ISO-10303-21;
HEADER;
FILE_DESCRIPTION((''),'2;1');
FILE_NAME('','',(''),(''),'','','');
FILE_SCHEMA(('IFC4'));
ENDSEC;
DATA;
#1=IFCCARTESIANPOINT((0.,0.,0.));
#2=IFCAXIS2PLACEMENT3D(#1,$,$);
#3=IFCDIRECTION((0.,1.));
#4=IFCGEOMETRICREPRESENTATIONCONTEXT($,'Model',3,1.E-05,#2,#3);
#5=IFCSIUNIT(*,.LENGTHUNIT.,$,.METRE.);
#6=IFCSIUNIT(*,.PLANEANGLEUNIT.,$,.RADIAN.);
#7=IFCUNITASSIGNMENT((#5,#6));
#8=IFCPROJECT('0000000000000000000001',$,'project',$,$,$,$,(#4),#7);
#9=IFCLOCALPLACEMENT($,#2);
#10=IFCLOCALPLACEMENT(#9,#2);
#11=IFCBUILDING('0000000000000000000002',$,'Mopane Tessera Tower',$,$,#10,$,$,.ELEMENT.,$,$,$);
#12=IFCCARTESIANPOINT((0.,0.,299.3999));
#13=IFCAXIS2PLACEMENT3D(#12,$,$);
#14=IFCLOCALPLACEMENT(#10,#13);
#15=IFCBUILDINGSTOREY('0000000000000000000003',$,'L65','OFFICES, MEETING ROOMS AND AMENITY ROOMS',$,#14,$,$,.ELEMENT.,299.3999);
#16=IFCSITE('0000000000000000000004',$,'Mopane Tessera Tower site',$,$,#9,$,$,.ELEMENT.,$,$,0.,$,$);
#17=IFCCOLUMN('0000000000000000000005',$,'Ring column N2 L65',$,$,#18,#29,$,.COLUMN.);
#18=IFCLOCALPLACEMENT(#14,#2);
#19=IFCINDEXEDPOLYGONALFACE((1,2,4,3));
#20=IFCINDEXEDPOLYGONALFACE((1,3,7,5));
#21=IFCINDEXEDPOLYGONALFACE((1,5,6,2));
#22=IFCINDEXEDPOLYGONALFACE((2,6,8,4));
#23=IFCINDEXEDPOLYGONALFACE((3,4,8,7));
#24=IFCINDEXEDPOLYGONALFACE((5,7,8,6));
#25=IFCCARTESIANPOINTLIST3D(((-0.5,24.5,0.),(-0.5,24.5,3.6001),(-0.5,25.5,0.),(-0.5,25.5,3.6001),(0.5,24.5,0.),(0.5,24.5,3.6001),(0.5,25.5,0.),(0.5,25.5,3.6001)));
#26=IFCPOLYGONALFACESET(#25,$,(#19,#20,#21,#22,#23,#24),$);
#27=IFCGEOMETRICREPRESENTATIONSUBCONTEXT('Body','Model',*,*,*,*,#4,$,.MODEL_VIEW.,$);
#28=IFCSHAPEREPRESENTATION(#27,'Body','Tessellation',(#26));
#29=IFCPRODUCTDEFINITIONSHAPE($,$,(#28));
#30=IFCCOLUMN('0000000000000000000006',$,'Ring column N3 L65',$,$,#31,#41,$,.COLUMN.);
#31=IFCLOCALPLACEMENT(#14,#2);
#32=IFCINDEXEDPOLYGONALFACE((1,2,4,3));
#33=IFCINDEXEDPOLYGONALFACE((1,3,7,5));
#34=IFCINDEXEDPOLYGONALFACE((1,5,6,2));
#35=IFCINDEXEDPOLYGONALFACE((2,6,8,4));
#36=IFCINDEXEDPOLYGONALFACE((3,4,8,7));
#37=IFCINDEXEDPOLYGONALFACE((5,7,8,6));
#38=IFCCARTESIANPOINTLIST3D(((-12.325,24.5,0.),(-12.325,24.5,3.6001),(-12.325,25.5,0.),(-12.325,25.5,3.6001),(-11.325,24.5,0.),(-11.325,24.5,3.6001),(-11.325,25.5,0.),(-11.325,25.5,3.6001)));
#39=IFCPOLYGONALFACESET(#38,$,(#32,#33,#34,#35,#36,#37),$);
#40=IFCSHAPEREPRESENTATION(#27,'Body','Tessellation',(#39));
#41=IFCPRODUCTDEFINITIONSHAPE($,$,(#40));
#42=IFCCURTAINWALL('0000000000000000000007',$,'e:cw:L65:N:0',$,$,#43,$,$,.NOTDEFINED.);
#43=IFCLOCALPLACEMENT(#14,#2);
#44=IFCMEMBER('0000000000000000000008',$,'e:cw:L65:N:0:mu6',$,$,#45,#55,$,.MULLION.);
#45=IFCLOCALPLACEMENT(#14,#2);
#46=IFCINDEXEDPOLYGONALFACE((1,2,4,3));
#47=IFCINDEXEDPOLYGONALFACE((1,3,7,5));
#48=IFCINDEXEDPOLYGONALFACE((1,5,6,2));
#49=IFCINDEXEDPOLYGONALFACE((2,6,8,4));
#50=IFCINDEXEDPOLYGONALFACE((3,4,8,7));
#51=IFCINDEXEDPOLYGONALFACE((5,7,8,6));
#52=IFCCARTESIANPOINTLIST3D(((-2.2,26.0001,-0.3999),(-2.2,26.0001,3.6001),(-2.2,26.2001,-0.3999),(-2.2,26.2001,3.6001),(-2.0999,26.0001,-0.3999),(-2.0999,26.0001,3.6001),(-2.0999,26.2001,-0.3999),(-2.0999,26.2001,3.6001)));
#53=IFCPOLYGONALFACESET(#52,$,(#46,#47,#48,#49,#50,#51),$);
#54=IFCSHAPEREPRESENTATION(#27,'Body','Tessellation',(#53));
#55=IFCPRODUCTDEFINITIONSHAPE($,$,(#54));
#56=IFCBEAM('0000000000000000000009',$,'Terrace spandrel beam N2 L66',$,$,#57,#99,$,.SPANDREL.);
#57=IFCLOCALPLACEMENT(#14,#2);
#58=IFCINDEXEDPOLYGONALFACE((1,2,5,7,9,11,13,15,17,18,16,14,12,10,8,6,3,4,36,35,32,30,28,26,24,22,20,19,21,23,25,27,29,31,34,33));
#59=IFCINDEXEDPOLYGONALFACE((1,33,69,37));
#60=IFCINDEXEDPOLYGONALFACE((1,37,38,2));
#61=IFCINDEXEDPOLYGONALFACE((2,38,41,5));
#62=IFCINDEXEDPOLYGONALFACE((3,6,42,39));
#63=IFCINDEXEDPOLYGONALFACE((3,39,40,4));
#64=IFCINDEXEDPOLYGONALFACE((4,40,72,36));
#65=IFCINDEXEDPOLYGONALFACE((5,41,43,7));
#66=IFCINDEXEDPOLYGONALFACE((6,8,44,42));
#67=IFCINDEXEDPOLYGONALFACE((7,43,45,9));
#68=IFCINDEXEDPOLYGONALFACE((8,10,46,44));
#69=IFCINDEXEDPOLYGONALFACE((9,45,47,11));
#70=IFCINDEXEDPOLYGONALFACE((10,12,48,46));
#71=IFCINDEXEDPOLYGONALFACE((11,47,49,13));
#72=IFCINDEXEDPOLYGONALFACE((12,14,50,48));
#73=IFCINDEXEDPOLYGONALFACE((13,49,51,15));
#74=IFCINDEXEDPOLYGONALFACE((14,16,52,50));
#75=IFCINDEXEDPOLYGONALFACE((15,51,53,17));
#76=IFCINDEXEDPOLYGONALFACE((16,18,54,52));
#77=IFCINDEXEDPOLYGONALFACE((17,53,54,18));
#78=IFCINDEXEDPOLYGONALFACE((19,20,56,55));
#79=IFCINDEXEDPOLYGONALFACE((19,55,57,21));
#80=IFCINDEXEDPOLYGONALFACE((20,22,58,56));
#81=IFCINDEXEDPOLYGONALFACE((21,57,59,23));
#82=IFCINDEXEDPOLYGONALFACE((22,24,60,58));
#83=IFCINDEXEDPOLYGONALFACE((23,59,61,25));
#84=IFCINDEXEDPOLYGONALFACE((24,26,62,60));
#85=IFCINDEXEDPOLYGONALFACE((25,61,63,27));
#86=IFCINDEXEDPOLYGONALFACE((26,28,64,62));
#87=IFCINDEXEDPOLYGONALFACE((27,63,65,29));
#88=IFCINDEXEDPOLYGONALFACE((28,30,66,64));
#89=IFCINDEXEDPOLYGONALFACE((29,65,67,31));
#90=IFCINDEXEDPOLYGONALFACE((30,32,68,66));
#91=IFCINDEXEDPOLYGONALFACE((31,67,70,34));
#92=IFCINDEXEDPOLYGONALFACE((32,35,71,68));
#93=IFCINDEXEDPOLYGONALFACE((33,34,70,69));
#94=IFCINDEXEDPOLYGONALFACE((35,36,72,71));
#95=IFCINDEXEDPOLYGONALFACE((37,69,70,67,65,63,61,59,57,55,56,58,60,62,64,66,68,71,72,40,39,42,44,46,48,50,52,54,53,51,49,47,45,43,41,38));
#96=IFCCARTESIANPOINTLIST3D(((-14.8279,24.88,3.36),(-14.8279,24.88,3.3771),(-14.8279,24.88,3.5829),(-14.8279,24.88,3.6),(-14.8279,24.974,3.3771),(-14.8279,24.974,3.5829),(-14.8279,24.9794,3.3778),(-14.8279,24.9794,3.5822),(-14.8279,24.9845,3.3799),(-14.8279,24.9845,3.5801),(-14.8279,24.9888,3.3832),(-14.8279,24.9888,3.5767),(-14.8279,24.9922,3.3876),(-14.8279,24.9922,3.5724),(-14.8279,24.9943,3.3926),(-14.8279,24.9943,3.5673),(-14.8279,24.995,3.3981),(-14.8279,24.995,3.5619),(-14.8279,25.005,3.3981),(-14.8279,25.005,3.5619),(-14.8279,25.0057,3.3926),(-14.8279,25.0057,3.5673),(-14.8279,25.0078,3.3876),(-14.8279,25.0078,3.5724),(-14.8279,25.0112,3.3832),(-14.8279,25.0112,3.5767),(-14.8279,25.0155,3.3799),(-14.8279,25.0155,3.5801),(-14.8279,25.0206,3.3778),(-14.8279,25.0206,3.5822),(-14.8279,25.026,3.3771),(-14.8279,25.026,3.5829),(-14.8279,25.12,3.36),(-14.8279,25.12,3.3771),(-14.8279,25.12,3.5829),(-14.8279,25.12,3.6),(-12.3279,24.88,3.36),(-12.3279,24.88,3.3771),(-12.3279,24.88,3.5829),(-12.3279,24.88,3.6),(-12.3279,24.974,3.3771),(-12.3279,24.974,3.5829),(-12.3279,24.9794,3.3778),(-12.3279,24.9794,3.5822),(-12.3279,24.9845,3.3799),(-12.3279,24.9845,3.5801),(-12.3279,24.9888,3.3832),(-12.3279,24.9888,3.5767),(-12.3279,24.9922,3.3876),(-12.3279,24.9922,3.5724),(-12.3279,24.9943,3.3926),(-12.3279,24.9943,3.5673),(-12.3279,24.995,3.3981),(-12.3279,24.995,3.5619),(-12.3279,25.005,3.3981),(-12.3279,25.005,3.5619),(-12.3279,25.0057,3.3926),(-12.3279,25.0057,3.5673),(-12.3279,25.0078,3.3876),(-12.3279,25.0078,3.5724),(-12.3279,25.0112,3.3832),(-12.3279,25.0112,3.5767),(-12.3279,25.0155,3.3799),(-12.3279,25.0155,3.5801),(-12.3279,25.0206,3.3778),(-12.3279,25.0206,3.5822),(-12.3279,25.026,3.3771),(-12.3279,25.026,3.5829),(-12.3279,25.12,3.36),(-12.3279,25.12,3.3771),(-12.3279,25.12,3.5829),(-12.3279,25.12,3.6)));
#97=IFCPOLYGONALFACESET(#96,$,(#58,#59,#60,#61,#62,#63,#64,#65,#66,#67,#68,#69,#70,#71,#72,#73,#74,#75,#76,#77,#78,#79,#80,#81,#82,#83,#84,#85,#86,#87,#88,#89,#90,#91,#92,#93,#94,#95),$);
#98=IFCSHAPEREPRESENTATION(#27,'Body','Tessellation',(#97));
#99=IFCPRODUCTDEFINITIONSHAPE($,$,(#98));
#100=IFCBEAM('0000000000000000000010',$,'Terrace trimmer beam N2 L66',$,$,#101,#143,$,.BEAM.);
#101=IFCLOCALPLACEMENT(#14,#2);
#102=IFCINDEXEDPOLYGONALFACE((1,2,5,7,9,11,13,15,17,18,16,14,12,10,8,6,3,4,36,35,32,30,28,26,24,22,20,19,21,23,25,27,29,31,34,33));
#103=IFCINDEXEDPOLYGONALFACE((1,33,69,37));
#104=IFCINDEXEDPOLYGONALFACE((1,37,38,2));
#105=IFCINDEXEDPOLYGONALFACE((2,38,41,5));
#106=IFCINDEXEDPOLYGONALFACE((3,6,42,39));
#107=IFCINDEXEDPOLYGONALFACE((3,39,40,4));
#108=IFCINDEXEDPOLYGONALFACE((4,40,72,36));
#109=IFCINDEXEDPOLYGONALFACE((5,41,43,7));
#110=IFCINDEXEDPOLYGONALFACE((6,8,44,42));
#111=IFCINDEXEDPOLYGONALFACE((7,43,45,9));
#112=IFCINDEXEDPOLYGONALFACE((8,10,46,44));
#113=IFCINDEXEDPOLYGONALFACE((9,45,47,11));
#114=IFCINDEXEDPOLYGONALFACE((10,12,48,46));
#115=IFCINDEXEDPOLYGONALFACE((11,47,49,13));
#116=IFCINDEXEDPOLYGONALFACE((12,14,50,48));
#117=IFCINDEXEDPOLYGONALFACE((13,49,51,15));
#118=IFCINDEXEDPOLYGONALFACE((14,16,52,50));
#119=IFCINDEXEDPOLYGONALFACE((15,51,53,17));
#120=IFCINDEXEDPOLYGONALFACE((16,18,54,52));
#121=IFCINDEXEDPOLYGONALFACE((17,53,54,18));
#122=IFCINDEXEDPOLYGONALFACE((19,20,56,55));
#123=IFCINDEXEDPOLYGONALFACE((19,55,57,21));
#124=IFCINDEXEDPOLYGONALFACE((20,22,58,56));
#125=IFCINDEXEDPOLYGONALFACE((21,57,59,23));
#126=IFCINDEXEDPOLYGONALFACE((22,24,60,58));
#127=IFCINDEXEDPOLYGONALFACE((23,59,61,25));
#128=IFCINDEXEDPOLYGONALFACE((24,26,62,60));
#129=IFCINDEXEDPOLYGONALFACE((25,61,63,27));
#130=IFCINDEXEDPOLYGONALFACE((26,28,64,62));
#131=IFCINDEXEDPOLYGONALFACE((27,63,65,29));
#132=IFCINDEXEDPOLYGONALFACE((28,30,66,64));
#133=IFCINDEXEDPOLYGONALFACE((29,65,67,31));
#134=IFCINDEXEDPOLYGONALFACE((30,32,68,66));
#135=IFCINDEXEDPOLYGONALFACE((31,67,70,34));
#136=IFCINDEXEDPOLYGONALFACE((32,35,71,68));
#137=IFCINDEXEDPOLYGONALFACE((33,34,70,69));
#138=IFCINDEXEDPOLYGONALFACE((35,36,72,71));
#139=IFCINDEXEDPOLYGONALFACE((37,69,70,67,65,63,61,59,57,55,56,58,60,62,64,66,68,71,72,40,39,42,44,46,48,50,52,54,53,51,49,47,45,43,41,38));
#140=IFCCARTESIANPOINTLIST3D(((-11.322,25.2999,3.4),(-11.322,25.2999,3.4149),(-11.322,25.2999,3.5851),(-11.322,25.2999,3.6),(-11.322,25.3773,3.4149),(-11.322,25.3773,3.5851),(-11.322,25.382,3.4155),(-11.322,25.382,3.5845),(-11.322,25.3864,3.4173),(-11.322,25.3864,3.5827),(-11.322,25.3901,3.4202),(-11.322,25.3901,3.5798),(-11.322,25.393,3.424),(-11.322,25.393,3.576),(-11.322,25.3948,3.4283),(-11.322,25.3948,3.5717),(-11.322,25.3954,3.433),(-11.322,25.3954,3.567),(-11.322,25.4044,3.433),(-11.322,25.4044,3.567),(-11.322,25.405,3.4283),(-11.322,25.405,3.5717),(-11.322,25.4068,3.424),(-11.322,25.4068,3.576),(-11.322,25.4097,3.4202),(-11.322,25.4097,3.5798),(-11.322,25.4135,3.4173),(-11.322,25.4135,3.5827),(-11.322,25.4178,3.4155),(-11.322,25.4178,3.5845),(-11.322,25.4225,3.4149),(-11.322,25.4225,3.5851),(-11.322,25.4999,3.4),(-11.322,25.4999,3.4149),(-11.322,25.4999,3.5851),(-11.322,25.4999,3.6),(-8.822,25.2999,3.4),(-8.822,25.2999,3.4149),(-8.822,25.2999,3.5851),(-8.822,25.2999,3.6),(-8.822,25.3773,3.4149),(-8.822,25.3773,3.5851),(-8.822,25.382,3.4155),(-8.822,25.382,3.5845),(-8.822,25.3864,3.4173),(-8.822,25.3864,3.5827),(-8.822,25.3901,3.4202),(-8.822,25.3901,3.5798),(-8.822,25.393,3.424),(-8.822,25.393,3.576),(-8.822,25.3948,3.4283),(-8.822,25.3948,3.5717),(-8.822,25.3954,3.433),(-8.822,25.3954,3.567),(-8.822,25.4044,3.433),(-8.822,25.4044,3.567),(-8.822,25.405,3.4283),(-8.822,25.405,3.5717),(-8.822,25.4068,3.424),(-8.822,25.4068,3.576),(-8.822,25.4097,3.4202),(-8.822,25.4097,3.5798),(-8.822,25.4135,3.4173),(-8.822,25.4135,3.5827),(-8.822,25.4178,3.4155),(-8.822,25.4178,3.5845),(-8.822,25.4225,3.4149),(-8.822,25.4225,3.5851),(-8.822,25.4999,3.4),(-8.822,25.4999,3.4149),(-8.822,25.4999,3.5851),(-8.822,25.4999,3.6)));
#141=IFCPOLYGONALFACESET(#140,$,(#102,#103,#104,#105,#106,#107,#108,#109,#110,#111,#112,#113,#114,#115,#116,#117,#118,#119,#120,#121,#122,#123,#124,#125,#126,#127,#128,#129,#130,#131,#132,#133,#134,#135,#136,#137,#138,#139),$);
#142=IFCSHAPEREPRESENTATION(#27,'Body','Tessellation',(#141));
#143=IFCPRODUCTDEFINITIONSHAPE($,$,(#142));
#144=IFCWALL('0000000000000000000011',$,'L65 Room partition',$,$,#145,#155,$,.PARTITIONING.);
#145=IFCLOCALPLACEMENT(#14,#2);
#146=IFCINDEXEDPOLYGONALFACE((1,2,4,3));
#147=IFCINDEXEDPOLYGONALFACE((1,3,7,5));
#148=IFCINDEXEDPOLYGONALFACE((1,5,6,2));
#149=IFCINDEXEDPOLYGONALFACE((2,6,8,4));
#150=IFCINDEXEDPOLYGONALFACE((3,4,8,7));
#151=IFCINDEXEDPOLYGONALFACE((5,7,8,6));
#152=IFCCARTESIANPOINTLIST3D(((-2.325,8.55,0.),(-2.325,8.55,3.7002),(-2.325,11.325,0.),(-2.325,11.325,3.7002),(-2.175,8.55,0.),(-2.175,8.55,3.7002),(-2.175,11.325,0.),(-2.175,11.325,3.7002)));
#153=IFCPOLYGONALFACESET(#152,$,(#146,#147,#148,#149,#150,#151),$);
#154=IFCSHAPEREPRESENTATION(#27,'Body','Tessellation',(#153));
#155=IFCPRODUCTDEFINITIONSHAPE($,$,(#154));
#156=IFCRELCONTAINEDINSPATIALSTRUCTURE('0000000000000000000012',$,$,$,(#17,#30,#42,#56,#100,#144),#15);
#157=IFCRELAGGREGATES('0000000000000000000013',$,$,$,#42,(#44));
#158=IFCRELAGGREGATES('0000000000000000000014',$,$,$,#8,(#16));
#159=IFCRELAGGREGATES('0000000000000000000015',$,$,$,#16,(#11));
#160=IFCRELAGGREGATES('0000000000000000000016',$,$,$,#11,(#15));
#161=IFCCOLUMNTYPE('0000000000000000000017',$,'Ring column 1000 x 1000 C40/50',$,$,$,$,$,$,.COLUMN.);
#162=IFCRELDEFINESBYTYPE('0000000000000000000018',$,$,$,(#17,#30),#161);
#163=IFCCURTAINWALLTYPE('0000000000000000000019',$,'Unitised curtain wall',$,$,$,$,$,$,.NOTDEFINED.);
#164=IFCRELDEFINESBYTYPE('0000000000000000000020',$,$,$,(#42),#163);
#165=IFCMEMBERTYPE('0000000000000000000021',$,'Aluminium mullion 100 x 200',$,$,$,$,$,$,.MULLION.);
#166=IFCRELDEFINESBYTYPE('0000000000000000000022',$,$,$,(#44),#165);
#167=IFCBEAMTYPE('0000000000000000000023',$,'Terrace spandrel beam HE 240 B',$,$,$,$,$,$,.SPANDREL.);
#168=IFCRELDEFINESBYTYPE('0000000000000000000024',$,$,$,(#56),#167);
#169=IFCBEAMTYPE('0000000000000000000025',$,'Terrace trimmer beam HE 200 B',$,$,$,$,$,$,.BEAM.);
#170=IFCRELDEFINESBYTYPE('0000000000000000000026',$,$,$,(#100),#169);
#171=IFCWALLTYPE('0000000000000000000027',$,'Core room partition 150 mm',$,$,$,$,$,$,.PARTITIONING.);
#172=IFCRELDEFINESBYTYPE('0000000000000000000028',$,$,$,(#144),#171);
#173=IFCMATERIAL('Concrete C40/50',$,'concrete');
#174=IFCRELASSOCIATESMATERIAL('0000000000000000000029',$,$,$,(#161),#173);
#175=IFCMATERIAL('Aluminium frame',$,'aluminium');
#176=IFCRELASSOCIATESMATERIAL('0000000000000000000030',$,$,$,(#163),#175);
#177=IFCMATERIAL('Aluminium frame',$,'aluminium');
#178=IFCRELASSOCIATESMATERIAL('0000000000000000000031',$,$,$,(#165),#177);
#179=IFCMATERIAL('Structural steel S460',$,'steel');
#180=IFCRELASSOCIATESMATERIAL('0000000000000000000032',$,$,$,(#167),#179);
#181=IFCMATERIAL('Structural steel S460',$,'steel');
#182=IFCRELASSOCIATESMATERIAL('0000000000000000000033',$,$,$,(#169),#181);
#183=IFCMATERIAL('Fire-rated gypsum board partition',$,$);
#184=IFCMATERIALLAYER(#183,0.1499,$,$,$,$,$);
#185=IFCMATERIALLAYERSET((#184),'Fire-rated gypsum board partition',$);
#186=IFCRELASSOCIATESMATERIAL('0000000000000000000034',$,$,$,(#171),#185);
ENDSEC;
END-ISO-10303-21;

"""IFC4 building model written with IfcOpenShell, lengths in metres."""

from ifc_helpers import new_model, si_unit, direction, frame, frame_2d, origin, origin_2d, place, context, subcontext, project, spatial, rectangle, i_section, extrude, material, layer, layer_set, material_profile, profile_set, type_object, element, aggregate, save


model = new_model("IFC4")

# Units and contexts
model_context = context("Model", 3, precision=1e-05, world=origin(), true_north=direction((0.0, 1.0)))
body_context = subcontext(model_context, "Body", "Model", "MODEL_VIEW")
ifc_project = project(units=[si_unit("LENGTHUNIT", "METRE"), si_unit("PLANEANGLEUNIT", "RADIAN")], contexts=[model_context])

# Site, building, storey
site_placement = place(None, origin())
site = spatial("IfcSite", under=ifc_project, at=site_placement, Name="Mopane Tessera Tower site", CompositionType="ELEMENT", RefElevation=0.0)
building_placement = place(site_placement, origin())
building = spatial("IfcBuilding", under=site, at=building_placement, Name="Mopane Tessera Tower", CompositionType="ELEMENT")
storey_placement = place(building_placement, frame((0.0, 0.0, 299.3999)))
storey = spatial("IfcBuildingStorey", under=building, at=storey_placement, Name="L65", Description="OFFICES, MEETING ROOMS AND AMENITY ROOMS", CompositionType="ELEMENT", Elevation=299.3999)

# Columns
ifc_material_1 = material(Name="Concrete C40/50", Category="concrete")
ifc_material_profile_1 = material_profile(ifc_material_1, rectangle(XDim=1.0, YDim=1.0, at=origin_2d()))
ifc_profile_set_1 = profile_set([ifc_material_profile_1], Name="Concrete C40/50")
column_type = type_object("IfcColumnType", Name="Ring column 1000 x 1000 C40/50", PredefinedType="COLUMN", material=ifc_profile_set_1)
for number, where, z_axis, x_axis, name in (
    (1, (0.0, 25.0, 0.0), (0.0, 0.0, 1.0), (1.0, 0.0, 0.0), "Ring column N2 L65"),
    (2, (-11.825, 25.0, 0.0), (0.0, 0.0, 1.0), (1.0, 0.0, 0.0), "Ring column N3 L65"),
):
    element("IfcColumn", number, at=place(storey_placement, frame(where, z_axis=z_axis, x_axis=x_axis)), inside=storey, type_object=column_type, Name=name, PredefinedType="COLUMN", context=body_context, shape_type="SweptSolid", body=[
        extrude(rectangle(XDim=1.0, YDim=1.0, at=origin_2d()), origin(), (0.0, 0.0, 1.0), 3.6001),
    ])

# Curtain wall, member
ifc_material_2 = material(Name="Aluminium frame", Category="aluminium")
curtain_wall_type = type_object("IfcCurtainWallType", Name="Unitised curtain wall", PredefinedType="NOTDEFINED", material=ifc_material_2)
curtain_wall_placement = place(storey_placement, origin())
curtain_wall = element("IfcCurtainWall", 3, at=curtain_wall_placement, inside=storey, type_object=curtain_wall_type, Name="e:cw:L65:N:0", PredefinedType="NOTDEFINED")
ifc_material_3 = material(Name="Aluminium frame", Category="aluminium")
ifc_material_profile_2 = material_profile(ifc_material_3, rectangle(XDim=0.1001, YDim=0.2, at=origin_2d()))
ifc_profile_set_2 = profile_set([ifc_material_profile_2], Name="Aluminium frame")
member_type = type_object("IfcMemberType", Name="Aluminium mullion 100 x 200", PredefinedType="MULLION", material=ifc_profile_set_2)
member_placement = place(storey_placement, frame((-2.1499, 26.1001, -0.3999), z_axis=(0.0, 0.0, 1.0), x_axis=(-1.0, 0.0, 0.0)))
member = element("IfcMember", 4, at=member_placement, type_object=member_type, Name="e:cw:L65:N:0:mu6", PredefinedType="MULLION", context=body_context, shape_type="SweptSolid", body=[
    extrude(rectangle(XDim=0.1001, YDim=0.2, at=origin_2d()), origin(), (0.0, 0.0, 1.0), 4.0),
])
aggregate(curtain_wall, [member])

# Beams
ifc_material_4 = material(Name="Structural steel S460", Category="steel")
ifc_material_profile_3 = material_profile(ifc_material_4, i_section(OverallWidth=0.24, OverallDepth=0.24, WebThickness=0.01, FlangeThickness=0.0171, FilletRadius=0.021, at=origin_2d()))
ifc_profile_set_3 = profile_set([ifc_material_profile_3], Name="Structural steel S460")
beam_type_1 = type_object("IfcBeamType", Name="Terrace spandrel beam HE 240 B", PredefinedType="SPANDREL", material=ifc_profile_set_3)
beam_1_placement = place(storey_placement, frame((-12.3279, 25.0, 3.48), z_axis=(-1.0, 0.0, 0.0), x_axis=(0.0, -1.0, 0.0)))
element("IfcBeam", 5, at=beam_1_placement, inside=storey, type_object=beam_type_1, Name="Terrace spandrel beam N2 L66", PredefinedType="SPANDREL", context=body_context, shape_type="SweptSolid", body=[
    extrude(i_section(OverallWidth=0.24, OverallDepth=0.24, WebThickness=0.01, FlangeThickness=0.0171, FilletRadius=0.021, at=origin_2d()), origin(), (0.0, 0.0, 1.0), 2.5),
])
ifc_material_5 = material(Name="Structural steel S460", Category="steel")
ifc_material_profile_4 = material_profile(ifc_material_5, i_section(OverallWidth=0.2, OverallDepth=0.2, WebThickness=0.009, FlangeThickness=0.0149, FilletRadius=0.0181, at=origin_2d()))
ifc_profile_set_4 = profile_set([ifc_material_profile_4], Name="Structural steel S460")
beam_type_2 = type_object("IfcBeamType", Name="Terrace trimmer beam HE 200 B", PredefinedType="BEAM", material=ifc_profile_set_4)
beam_2_placement = place(storey_placement, frame((-11.322, 25.3999, 3.5), z_axis=(1.0, 0.0, 0.0), x_axis=(0.0, 1.0, 0.0)))
element("IfcBeam", 6, at=beam_2_placement, inside=storey, type_object=beam_type_2, Name="Terrace trimmer beam N2 L66", PredefinedType="BEAM", context=body_context, shape_type="SweptSolid", body=[
    extrude(i_section(OverallWidth=0.2, OverallDepth=0.2, WebThickness=0.009, FlangeThickness=0.0149, FilletRadius=0.0181, at=origin_2d()), origin(), (0.0, 0.0, 1.0), 2.5),
])

# Wall
ifc_material_6 = material(Name="Fire-rated gypsum board partition")
ifc_layer_1 = layer(ifc_material_6, 0.1499)
ifc_layer_set_1 = layer_set([ifc_layer_1], Name="Fire-rated gypsum board partition")
wall_type_1 = type_object("IfcWallType", Name="Core room partition 150 mm", PredefinedType="PARTITIONING", material=ifc_layer_set_1)
wall_1_placement = place(storey_placement, frame((-2.25, 8.55, 0.0), z_axis=(0.0, 0.0, 1.0), x_axis=(0.0, 1.0, 0.0)))
element("IfcWall", 7, at=wall_1_placement, inside=storey, type_object=wall_type_1, Name="L65 Room partition", PredefinedType="PARTITIONING", context=body_context, shape_type="SweptSolid", body=[
    extrude(rectangle(XDim=2.7749, YDim=0.1499, at=frame_2d((1.3875, 0.0))), origin(), (0.0, 0.0, 1.0), 3.7002),
])

save(model, "model.ifc")
